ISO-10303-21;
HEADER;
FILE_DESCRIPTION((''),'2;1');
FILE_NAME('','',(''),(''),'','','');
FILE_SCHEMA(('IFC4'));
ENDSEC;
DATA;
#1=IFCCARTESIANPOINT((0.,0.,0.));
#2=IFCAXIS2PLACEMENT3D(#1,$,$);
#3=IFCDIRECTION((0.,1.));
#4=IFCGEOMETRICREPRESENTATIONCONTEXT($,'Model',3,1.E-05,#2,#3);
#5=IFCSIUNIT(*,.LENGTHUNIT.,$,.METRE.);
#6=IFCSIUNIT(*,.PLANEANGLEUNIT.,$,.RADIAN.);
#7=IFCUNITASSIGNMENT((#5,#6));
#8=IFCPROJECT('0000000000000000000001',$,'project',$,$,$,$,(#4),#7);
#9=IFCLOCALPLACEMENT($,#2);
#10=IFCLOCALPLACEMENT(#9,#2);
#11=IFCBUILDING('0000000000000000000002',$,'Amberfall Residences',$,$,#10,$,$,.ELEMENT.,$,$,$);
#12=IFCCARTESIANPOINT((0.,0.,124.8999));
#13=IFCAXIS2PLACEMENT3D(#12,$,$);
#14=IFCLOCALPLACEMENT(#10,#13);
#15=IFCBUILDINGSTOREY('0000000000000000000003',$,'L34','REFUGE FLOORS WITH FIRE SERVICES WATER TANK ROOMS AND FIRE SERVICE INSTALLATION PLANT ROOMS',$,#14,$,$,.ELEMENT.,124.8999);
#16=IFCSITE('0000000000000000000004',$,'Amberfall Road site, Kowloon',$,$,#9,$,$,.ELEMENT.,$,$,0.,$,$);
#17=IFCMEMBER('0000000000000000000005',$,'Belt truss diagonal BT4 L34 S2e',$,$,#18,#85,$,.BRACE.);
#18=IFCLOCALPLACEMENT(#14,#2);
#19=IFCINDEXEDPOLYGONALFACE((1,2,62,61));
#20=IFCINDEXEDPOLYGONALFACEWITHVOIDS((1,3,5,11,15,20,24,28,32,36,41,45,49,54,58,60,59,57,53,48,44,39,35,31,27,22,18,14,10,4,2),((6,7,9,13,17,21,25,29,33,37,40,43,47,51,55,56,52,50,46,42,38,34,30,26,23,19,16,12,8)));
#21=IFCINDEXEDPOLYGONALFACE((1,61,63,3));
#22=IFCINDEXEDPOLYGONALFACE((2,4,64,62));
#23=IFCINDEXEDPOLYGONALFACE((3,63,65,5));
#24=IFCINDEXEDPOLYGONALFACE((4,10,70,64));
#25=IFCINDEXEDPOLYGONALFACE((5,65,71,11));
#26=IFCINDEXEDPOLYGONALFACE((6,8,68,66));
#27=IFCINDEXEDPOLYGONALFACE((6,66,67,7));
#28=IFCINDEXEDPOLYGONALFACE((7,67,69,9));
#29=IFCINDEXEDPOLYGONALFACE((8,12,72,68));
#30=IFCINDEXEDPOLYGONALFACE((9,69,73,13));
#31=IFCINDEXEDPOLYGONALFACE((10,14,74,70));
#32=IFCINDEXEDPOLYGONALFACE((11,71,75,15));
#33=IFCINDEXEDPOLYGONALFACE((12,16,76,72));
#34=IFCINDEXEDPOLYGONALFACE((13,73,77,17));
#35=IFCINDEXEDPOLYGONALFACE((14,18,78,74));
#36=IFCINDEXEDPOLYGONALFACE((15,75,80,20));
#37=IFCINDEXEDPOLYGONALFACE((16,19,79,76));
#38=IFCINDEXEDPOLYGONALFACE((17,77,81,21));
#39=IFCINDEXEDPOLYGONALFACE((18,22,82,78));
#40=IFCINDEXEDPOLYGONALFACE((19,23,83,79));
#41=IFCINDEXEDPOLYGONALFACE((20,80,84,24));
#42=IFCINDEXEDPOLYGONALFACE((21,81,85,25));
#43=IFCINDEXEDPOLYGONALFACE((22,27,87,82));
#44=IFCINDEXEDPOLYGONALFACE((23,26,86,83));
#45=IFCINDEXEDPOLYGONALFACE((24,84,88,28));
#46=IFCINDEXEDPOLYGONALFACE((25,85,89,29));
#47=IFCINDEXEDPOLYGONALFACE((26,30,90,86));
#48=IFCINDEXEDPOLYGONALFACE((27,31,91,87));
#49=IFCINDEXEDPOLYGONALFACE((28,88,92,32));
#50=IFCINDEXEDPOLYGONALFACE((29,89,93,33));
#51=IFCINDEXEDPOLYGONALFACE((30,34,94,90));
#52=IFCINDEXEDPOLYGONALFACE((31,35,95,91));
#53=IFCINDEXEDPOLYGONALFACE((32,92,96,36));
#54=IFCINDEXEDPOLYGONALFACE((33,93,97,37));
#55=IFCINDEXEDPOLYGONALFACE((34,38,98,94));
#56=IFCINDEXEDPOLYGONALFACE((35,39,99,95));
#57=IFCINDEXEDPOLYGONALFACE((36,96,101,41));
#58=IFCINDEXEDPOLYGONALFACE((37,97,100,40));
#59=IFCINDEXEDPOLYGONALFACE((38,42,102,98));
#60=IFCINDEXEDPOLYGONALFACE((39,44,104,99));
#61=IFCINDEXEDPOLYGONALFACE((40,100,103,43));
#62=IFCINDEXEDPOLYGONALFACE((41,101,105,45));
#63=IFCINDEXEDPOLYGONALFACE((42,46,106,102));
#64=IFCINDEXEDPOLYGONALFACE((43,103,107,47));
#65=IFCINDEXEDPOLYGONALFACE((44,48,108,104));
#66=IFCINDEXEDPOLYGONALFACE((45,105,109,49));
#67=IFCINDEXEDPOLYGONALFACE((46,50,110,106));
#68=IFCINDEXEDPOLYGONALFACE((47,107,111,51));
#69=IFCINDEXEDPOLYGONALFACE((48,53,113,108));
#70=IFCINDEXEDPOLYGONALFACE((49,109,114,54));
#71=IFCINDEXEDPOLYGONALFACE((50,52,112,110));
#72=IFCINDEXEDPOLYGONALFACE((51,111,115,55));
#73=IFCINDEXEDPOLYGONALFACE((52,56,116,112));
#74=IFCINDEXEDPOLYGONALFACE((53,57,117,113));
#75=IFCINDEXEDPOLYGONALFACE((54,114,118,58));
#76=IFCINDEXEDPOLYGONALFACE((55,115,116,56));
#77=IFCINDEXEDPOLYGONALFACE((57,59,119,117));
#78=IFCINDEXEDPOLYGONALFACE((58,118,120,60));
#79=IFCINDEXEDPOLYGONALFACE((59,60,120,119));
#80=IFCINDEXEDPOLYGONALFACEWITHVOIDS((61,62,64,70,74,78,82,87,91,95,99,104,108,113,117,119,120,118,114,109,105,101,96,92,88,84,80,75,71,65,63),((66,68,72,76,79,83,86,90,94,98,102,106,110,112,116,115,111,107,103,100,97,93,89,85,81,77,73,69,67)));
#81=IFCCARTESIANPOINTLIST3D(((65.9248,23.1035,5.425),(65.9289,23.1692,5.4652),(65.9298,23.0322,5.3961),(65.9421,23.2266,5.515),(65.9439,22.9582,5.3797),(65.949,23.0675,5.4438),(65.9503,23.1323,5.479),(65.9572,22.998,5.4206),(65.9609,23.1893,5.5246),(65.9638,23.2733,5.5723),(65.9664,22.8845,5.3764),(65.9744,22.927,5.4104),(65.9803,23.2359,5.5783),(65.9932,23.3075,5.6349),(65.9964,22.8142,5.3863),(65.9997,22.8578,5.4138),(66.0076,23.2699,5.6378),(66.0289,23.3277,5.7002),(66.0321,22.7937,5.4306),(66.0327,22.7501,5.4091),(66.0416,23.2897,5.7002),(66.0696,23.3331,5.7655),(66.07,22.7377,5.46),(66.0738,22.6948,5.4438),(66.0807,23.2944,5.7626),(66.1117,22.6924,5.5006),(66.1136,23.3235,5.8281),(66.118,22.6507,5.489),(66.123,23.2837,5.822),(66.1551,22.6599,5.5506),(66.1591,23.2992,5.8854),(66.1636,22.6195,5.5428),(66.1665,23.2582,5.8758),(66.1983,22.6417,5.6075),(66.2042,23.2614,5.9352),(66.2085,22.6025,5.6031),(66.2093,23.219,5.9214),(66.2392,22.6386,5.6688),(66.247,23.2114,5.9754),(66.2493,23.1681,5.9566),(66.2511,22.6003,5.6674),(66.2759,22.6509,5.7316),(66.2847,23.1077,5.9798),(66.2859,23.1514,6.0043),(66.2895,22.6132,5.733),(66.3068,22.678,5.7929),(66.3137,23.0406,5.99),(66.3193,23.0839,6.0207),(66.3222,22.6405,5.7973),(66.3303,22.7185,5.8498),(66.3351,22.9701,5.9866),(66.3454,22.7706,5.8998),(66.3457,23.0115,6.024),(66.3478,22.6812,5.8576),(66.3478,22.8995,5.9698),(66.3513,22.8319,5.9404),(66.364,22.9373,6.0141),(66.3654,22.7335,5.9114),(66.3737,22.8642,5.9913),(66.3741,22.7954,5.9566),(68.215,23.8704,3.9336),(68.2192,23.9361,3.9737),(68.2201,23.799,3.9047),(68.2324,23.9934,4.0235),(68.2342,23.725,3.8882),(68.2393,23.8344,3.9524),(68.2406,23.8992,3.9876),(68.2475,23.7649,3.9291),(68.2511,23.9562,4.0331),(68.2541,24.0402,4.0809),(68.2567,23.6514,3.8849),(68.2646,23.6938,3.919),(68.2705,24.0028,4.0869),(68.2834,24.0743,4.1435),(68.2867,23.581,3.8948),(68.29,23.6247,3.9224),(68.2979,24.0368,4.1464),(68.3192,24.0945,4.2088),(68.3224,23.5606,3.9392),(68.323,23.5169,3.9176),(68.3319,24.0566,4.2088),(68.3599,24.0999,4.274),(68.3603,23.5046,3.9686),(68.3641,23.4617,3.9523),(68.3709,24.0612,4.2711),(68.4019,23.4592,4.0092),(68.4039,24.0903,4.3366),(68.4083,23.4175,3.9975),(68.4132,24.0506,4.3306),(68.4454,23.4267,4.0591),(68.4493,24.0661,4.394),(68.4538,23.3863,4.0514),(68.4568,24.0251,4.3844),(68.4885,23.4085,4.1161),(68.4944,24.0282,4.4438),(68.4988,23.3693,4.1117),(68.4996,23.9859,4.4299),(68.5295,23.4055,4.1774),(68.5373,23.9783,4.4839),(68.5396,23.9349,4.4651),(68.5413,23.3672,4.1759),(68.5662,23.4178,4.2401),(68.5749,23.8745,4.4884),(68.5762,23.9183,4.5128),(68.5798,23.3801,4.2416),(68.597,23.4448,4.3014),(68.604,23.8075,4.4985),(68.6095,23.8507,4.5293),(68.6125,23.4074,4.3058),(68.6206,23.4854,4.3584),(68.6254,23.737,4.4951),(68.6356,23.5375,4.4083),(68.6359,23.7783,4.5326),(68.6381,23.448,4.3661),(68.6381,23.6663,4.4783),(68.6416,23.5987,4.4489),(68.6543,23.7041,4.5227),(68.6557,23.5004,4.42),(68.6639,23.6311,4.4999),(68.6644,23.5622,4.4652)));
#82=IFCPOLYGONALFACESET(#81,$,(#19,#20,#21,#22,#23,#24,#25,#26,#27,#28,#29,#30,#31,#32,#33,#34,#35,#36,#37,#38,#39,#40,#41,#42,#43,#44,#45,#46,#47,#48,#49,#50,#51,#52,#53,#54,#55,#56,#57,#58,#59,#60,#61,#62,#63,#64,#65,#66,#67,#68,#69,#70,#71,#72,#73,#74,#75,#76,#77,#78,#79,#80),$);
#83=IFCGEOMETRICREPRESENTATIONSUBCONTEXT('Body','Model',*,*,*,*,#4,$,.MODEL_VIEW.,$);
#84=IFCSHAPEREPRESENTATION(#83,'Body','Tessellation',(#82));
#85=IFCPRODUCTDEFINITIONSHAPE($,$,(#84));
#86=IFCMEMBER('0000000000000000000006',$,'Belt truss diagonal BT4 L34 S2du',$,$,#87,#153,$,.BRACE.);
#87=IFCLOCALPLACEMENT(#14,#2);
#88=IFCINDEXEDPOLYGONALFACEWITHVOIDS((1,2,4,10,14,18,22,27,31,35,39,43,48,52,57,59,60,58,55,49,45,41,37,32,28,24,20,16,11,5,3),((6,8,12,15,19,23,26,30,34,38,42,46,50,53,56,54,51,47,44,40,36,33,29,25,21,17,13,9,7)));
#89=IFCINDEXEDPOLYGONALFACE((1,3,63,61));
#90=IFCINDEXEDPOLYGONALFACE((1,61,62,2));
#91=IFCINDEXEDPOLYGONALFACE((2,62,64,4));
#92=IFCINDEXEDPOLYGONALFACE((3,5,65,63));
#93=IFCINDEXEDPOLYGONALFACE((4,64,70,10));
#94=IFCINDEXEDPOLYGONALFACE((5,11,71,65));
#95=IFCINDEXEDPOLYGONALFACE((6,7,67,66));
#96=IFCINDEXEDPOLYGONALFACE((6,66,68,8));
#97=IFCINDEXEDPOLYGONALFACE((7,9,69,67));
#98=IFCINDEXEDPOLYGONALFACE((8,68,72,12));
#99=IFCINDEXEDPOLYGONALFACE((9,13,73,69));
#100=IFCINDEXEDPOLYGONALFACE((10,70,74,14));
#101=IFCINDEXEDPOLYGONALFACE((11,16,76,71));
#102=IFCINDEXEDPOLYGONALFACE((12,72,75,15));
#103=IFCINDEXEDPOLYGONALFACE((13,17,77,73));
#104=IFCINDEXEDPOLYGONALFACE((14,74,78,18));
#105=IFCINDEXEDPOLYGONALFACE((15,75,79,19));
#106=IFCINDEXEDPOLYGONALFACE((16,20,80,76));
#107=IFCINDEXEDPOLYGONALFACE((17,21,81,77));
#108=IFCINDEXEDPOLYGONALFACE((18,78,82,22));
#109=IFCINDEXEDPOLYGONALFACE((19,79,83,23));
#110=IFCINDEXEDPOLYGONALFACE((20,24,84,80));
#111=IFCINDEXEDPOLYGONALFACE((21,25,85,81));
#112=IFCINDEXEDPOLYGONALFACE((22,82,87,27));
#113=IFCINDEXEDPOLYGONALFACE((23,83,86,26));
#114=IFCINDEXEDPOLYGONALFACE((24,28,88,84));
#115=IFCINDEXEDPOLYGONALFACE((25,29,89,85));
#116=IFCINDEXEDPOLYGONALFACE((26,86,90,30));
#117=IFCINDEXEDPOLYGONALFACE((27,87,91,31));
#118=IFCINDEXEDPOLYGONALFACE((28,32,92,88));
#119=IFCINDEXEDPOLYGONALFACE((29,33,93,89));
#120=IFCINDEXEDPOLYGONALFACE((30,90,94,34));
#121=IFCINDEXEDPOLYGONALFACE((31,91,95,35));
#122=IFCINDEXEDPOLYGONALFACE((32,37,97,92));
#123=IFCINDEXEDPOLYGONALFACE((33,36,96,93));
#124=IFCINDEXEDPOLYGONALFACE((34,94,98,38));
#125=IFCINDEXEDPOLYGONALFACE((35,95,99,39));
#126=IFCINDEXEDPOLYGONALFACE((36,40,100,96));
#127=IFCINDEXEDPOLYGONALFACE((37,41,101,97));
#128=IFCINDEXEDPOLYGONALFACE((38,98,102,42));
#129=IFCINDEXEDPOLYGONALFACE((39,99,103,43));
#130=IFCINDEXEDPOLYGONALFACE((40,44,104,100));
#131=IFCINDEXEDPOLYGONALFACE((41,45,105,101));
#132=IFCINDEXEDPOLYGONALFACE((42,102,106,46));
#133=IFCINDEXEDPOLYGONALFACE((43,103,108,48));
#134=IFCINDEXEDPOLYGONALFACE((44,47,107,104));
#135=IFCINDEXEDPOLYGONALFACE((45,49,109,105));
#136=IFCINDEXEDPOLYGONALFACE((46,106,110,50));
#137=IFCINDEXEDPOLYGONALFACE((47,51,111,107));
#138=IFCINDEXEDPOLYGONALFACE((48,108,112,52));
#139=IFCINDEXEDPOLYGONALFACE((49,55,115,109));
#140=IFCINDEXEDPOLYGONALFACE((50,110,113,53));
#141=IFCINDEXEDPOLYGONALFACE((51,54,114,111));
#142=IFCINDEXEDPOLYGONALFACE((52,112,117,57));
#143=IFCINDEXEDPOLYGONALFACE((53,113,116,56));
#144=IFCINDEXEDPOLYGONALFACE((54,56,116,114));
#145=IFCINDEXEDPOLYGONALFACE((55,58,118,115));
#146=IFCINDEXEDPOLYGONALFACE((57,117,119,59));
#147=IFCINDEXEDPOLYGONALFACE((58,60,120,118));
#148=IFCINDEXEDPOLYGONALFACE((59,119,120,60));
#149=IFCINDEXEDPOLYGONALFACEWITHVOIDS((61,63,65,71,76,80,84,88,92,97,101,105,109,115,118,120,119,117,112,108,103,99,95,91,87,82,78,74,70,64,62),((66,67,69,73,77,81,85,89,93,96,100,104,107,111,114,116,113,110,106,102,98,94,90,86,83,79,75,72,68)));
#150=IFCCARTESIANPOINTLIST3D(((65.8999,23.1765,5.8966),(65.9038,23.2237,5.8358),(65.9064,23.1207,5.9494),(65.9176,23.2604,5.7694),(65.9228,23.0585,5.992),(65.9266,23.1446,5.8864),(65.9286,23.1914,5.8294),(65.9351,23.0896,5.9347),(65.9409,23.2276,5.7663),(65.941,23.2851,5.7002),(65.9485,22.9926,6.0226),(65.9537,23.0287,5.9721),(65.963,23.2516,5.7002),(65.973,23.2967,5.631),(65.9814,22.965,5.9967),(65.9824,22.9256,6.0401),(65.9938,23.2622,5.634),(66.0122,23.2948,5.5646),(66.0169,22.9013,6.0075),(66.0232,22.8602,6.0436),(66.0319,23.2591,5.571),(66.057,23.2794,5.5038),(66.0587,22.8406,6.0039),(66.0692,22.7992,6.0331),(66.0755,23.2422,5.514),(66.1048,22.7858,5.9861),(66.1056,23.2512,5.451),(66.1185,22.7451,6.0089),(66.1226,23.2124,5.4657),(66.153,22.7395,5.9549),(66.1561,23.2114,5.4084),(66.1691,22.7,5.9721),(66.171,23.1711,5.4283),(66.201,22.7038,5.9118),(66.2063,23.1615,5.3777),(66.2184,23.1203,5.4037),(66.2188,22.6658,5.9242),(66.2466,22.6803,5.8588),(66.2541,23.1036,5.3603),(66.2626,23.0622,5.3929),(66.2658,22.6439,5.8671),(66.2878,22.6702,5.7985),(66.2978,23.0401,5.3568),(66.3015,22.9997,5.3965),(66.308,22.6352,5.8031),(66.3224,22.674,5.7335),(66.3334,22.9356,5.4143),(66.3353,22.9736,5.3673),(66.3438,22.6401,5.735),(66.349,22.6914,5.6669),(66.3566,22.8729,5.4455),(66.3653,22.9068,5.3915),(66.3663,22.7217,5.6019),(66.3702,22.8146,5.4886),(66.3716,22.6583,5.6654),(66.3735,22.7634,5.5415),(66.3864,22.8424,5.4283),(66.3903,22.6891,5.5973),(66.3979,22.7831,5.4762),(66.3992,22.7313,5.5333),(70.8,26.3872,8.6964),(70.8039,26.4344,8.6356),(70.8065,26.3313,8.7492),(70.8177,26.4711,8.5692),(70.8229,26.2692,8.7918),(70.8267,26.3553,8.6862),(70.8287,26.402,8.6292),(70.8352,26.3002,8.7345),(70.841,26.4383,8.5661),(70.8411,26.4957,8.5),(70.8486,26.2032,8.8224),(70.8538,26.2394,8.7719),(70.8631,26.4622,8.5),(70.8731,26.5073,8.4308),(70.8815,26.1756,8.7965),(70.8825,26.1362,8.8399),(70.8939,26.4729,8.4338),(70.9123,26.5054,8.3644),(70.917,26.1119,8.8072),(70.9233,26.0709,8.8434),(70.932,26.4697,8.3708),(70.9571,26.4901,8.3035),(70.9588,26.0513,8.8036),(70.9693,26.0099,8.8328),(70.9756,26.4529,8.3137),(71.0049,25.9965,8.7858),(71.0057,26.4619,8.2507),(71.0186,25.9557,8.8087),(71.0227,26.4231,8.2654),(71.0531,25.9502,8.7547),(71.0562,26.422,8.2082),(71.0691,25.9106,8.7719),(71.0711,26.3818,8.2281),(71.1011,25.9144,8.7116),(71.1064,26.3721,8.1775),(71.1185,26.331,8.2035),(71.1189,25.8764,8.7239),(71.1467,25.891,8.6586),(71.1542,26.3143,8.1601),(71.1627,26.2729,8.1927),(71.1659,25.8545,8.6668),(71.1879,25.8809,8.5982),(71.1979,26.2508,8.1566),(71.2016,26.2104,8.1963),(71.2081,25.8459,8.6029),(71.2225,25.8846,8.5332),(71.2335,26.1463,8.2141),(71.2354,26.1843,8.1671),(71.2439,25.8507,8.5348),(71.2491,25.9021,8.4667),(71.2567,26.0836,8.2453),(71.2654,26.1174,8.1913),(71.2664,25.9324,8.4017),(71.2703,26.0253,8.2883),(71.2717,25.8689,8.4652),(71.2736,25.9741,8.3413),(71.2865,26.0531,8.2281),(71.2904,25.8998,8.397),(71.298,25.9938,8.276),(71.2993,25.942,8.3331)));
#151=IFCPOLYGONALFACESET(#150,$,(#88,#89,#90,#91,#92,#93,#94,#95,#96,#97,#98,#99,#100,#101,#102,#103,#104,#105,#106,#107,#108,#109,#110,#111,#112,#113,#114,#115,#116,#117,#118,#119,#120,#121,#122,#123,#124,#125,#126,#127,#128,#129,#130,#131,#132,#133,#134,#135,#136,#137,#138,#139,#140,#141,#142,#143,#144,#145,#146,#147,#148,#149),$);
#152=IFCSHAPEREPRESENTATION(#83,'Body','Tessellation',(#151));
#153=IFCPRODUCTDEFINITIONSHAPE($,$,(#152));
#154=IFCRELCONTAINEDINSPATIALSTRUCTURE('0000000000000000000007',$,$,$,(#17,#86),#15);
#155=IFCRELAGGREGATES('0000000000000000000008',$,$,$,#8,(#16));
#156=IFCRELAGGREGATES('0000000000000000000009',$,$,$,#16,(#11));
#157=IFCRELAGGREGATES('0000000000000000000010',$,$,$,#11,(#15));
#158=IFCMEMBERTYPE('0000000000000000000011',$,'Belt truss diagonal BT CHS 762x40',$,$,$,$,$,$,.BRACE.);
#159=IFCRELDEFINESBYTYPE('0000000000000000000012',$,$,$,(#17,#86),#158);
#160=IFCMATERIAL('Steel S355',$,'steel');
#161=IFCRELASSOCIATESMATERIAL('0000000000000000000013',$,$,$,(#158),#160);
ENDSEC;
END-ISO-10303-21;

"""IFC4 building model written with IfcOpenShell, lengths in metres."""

from ifc_helpers import new_model, si_unit, direction, frame, origin, origin_2d, place, context, subcontext, project, spatial, hollow_circle, extrude, material, material_profile, profile_set, type_object, element, save


model = new_model("IFC4")

# Units and contexts
model_context = context("Model", 3, precision=1e-05, world=origin(), true_north=direction((0.0, 1.0)))
body_context = subcontext(model_context, "Body", "Model", "MODEL_VIEW")
ifc_project = project(units=[si_unit("LENGTHUNIT", "METRE"), si_unit("PLANEANGLEUNIT", "RADIAN")], contexts=[model_context])

# Site, building, storey
site_placement = place(None, origin())
site = spatial("IfcSite", under=ifc_project, at=site_placement, Name="Amberfall Road site, Kowloon", CompositionType="ELEMENT", RefElevation=0.0)
building_placement = place(site_placement, origin())
building = spatial("IfcBuilding", under=site, at=building_placement, Name="Amberfall Residences", CompositionType="ELEMENT")
storey_placement = place(building_placement, frame((0.0, 0.0, 124.8999)))
storey = spatial("IfcBuildingStorey", under=building, at=storey_placement, Name="L34", Description="REFUGE FLOORS WITH FIRE SERVICES WATER TANK ROOMS AND FIRE SERVICE INSTALLATION PLANT ROOMS", CompositionType="ELEMENT", Elevation=124.8999)

# Shared definitions
ifc_material_1 = material(Name="Steel S355", Category="steel")

# Members
ifc_material_profile_1 = material_profile(ifc_material_1, hollow_circle(Radius=0.3811, WallThickness=0.04, at=origin_2d()), Name="CHS 762x40")
ifc_profile_set_1 = profile_set([ifc_material_profile_1], Name="Steel S355")
member_type = type_object("IfcMemberType", Name="Belt truss diagonal BT CHS 762x40", PredefinedType="BRACE", material=ifc_profile_set_1)
member_1_placement = place(storey_placement, frame((66.1499, 22.9663, 5.7002), z_axis=(0.806824, 0.270145, -0.525411), x_axis=(-0.317501, 0.948258, 0.0)))
element("IfcMember", 1, at=member_1_placement, inside=storey, type_object=member_type, Name="Belt truss diagonal BT4 L34 S2e", PredefinedType="BRACE", context=body_context, shape_type="SweptSolid", body=[
    extrude(hollow_circle(Radius=0.3811, WallThickness=0.04, at=origin_2d()), origin(), (0.0, 0.0, 1.0), 2.8386),
])
member_2_placement = place(storey_placement, frame((66.1499, 22.9663, 5.7002), z_axis=(0.754683, 0.494486, 0.431204), x_axis=(-0.548056, 0.836441, 0.0)))
element("IfcMember", 2, at=member_2_placement, inside=storey, type_object=member_type, Name="Belt truss diagonal BT4 L34 S2du", PredefinedType="BRACE", context=body_context, shape_type="SweptSolid", body=[
    extrude(hollow_circle(Radius=0.3811, WallThickness=0.04, at=origin_2d()), origin(), (0.0, 0.0, 1.0), 6.4929),
])

save(model, "model.ifc")
